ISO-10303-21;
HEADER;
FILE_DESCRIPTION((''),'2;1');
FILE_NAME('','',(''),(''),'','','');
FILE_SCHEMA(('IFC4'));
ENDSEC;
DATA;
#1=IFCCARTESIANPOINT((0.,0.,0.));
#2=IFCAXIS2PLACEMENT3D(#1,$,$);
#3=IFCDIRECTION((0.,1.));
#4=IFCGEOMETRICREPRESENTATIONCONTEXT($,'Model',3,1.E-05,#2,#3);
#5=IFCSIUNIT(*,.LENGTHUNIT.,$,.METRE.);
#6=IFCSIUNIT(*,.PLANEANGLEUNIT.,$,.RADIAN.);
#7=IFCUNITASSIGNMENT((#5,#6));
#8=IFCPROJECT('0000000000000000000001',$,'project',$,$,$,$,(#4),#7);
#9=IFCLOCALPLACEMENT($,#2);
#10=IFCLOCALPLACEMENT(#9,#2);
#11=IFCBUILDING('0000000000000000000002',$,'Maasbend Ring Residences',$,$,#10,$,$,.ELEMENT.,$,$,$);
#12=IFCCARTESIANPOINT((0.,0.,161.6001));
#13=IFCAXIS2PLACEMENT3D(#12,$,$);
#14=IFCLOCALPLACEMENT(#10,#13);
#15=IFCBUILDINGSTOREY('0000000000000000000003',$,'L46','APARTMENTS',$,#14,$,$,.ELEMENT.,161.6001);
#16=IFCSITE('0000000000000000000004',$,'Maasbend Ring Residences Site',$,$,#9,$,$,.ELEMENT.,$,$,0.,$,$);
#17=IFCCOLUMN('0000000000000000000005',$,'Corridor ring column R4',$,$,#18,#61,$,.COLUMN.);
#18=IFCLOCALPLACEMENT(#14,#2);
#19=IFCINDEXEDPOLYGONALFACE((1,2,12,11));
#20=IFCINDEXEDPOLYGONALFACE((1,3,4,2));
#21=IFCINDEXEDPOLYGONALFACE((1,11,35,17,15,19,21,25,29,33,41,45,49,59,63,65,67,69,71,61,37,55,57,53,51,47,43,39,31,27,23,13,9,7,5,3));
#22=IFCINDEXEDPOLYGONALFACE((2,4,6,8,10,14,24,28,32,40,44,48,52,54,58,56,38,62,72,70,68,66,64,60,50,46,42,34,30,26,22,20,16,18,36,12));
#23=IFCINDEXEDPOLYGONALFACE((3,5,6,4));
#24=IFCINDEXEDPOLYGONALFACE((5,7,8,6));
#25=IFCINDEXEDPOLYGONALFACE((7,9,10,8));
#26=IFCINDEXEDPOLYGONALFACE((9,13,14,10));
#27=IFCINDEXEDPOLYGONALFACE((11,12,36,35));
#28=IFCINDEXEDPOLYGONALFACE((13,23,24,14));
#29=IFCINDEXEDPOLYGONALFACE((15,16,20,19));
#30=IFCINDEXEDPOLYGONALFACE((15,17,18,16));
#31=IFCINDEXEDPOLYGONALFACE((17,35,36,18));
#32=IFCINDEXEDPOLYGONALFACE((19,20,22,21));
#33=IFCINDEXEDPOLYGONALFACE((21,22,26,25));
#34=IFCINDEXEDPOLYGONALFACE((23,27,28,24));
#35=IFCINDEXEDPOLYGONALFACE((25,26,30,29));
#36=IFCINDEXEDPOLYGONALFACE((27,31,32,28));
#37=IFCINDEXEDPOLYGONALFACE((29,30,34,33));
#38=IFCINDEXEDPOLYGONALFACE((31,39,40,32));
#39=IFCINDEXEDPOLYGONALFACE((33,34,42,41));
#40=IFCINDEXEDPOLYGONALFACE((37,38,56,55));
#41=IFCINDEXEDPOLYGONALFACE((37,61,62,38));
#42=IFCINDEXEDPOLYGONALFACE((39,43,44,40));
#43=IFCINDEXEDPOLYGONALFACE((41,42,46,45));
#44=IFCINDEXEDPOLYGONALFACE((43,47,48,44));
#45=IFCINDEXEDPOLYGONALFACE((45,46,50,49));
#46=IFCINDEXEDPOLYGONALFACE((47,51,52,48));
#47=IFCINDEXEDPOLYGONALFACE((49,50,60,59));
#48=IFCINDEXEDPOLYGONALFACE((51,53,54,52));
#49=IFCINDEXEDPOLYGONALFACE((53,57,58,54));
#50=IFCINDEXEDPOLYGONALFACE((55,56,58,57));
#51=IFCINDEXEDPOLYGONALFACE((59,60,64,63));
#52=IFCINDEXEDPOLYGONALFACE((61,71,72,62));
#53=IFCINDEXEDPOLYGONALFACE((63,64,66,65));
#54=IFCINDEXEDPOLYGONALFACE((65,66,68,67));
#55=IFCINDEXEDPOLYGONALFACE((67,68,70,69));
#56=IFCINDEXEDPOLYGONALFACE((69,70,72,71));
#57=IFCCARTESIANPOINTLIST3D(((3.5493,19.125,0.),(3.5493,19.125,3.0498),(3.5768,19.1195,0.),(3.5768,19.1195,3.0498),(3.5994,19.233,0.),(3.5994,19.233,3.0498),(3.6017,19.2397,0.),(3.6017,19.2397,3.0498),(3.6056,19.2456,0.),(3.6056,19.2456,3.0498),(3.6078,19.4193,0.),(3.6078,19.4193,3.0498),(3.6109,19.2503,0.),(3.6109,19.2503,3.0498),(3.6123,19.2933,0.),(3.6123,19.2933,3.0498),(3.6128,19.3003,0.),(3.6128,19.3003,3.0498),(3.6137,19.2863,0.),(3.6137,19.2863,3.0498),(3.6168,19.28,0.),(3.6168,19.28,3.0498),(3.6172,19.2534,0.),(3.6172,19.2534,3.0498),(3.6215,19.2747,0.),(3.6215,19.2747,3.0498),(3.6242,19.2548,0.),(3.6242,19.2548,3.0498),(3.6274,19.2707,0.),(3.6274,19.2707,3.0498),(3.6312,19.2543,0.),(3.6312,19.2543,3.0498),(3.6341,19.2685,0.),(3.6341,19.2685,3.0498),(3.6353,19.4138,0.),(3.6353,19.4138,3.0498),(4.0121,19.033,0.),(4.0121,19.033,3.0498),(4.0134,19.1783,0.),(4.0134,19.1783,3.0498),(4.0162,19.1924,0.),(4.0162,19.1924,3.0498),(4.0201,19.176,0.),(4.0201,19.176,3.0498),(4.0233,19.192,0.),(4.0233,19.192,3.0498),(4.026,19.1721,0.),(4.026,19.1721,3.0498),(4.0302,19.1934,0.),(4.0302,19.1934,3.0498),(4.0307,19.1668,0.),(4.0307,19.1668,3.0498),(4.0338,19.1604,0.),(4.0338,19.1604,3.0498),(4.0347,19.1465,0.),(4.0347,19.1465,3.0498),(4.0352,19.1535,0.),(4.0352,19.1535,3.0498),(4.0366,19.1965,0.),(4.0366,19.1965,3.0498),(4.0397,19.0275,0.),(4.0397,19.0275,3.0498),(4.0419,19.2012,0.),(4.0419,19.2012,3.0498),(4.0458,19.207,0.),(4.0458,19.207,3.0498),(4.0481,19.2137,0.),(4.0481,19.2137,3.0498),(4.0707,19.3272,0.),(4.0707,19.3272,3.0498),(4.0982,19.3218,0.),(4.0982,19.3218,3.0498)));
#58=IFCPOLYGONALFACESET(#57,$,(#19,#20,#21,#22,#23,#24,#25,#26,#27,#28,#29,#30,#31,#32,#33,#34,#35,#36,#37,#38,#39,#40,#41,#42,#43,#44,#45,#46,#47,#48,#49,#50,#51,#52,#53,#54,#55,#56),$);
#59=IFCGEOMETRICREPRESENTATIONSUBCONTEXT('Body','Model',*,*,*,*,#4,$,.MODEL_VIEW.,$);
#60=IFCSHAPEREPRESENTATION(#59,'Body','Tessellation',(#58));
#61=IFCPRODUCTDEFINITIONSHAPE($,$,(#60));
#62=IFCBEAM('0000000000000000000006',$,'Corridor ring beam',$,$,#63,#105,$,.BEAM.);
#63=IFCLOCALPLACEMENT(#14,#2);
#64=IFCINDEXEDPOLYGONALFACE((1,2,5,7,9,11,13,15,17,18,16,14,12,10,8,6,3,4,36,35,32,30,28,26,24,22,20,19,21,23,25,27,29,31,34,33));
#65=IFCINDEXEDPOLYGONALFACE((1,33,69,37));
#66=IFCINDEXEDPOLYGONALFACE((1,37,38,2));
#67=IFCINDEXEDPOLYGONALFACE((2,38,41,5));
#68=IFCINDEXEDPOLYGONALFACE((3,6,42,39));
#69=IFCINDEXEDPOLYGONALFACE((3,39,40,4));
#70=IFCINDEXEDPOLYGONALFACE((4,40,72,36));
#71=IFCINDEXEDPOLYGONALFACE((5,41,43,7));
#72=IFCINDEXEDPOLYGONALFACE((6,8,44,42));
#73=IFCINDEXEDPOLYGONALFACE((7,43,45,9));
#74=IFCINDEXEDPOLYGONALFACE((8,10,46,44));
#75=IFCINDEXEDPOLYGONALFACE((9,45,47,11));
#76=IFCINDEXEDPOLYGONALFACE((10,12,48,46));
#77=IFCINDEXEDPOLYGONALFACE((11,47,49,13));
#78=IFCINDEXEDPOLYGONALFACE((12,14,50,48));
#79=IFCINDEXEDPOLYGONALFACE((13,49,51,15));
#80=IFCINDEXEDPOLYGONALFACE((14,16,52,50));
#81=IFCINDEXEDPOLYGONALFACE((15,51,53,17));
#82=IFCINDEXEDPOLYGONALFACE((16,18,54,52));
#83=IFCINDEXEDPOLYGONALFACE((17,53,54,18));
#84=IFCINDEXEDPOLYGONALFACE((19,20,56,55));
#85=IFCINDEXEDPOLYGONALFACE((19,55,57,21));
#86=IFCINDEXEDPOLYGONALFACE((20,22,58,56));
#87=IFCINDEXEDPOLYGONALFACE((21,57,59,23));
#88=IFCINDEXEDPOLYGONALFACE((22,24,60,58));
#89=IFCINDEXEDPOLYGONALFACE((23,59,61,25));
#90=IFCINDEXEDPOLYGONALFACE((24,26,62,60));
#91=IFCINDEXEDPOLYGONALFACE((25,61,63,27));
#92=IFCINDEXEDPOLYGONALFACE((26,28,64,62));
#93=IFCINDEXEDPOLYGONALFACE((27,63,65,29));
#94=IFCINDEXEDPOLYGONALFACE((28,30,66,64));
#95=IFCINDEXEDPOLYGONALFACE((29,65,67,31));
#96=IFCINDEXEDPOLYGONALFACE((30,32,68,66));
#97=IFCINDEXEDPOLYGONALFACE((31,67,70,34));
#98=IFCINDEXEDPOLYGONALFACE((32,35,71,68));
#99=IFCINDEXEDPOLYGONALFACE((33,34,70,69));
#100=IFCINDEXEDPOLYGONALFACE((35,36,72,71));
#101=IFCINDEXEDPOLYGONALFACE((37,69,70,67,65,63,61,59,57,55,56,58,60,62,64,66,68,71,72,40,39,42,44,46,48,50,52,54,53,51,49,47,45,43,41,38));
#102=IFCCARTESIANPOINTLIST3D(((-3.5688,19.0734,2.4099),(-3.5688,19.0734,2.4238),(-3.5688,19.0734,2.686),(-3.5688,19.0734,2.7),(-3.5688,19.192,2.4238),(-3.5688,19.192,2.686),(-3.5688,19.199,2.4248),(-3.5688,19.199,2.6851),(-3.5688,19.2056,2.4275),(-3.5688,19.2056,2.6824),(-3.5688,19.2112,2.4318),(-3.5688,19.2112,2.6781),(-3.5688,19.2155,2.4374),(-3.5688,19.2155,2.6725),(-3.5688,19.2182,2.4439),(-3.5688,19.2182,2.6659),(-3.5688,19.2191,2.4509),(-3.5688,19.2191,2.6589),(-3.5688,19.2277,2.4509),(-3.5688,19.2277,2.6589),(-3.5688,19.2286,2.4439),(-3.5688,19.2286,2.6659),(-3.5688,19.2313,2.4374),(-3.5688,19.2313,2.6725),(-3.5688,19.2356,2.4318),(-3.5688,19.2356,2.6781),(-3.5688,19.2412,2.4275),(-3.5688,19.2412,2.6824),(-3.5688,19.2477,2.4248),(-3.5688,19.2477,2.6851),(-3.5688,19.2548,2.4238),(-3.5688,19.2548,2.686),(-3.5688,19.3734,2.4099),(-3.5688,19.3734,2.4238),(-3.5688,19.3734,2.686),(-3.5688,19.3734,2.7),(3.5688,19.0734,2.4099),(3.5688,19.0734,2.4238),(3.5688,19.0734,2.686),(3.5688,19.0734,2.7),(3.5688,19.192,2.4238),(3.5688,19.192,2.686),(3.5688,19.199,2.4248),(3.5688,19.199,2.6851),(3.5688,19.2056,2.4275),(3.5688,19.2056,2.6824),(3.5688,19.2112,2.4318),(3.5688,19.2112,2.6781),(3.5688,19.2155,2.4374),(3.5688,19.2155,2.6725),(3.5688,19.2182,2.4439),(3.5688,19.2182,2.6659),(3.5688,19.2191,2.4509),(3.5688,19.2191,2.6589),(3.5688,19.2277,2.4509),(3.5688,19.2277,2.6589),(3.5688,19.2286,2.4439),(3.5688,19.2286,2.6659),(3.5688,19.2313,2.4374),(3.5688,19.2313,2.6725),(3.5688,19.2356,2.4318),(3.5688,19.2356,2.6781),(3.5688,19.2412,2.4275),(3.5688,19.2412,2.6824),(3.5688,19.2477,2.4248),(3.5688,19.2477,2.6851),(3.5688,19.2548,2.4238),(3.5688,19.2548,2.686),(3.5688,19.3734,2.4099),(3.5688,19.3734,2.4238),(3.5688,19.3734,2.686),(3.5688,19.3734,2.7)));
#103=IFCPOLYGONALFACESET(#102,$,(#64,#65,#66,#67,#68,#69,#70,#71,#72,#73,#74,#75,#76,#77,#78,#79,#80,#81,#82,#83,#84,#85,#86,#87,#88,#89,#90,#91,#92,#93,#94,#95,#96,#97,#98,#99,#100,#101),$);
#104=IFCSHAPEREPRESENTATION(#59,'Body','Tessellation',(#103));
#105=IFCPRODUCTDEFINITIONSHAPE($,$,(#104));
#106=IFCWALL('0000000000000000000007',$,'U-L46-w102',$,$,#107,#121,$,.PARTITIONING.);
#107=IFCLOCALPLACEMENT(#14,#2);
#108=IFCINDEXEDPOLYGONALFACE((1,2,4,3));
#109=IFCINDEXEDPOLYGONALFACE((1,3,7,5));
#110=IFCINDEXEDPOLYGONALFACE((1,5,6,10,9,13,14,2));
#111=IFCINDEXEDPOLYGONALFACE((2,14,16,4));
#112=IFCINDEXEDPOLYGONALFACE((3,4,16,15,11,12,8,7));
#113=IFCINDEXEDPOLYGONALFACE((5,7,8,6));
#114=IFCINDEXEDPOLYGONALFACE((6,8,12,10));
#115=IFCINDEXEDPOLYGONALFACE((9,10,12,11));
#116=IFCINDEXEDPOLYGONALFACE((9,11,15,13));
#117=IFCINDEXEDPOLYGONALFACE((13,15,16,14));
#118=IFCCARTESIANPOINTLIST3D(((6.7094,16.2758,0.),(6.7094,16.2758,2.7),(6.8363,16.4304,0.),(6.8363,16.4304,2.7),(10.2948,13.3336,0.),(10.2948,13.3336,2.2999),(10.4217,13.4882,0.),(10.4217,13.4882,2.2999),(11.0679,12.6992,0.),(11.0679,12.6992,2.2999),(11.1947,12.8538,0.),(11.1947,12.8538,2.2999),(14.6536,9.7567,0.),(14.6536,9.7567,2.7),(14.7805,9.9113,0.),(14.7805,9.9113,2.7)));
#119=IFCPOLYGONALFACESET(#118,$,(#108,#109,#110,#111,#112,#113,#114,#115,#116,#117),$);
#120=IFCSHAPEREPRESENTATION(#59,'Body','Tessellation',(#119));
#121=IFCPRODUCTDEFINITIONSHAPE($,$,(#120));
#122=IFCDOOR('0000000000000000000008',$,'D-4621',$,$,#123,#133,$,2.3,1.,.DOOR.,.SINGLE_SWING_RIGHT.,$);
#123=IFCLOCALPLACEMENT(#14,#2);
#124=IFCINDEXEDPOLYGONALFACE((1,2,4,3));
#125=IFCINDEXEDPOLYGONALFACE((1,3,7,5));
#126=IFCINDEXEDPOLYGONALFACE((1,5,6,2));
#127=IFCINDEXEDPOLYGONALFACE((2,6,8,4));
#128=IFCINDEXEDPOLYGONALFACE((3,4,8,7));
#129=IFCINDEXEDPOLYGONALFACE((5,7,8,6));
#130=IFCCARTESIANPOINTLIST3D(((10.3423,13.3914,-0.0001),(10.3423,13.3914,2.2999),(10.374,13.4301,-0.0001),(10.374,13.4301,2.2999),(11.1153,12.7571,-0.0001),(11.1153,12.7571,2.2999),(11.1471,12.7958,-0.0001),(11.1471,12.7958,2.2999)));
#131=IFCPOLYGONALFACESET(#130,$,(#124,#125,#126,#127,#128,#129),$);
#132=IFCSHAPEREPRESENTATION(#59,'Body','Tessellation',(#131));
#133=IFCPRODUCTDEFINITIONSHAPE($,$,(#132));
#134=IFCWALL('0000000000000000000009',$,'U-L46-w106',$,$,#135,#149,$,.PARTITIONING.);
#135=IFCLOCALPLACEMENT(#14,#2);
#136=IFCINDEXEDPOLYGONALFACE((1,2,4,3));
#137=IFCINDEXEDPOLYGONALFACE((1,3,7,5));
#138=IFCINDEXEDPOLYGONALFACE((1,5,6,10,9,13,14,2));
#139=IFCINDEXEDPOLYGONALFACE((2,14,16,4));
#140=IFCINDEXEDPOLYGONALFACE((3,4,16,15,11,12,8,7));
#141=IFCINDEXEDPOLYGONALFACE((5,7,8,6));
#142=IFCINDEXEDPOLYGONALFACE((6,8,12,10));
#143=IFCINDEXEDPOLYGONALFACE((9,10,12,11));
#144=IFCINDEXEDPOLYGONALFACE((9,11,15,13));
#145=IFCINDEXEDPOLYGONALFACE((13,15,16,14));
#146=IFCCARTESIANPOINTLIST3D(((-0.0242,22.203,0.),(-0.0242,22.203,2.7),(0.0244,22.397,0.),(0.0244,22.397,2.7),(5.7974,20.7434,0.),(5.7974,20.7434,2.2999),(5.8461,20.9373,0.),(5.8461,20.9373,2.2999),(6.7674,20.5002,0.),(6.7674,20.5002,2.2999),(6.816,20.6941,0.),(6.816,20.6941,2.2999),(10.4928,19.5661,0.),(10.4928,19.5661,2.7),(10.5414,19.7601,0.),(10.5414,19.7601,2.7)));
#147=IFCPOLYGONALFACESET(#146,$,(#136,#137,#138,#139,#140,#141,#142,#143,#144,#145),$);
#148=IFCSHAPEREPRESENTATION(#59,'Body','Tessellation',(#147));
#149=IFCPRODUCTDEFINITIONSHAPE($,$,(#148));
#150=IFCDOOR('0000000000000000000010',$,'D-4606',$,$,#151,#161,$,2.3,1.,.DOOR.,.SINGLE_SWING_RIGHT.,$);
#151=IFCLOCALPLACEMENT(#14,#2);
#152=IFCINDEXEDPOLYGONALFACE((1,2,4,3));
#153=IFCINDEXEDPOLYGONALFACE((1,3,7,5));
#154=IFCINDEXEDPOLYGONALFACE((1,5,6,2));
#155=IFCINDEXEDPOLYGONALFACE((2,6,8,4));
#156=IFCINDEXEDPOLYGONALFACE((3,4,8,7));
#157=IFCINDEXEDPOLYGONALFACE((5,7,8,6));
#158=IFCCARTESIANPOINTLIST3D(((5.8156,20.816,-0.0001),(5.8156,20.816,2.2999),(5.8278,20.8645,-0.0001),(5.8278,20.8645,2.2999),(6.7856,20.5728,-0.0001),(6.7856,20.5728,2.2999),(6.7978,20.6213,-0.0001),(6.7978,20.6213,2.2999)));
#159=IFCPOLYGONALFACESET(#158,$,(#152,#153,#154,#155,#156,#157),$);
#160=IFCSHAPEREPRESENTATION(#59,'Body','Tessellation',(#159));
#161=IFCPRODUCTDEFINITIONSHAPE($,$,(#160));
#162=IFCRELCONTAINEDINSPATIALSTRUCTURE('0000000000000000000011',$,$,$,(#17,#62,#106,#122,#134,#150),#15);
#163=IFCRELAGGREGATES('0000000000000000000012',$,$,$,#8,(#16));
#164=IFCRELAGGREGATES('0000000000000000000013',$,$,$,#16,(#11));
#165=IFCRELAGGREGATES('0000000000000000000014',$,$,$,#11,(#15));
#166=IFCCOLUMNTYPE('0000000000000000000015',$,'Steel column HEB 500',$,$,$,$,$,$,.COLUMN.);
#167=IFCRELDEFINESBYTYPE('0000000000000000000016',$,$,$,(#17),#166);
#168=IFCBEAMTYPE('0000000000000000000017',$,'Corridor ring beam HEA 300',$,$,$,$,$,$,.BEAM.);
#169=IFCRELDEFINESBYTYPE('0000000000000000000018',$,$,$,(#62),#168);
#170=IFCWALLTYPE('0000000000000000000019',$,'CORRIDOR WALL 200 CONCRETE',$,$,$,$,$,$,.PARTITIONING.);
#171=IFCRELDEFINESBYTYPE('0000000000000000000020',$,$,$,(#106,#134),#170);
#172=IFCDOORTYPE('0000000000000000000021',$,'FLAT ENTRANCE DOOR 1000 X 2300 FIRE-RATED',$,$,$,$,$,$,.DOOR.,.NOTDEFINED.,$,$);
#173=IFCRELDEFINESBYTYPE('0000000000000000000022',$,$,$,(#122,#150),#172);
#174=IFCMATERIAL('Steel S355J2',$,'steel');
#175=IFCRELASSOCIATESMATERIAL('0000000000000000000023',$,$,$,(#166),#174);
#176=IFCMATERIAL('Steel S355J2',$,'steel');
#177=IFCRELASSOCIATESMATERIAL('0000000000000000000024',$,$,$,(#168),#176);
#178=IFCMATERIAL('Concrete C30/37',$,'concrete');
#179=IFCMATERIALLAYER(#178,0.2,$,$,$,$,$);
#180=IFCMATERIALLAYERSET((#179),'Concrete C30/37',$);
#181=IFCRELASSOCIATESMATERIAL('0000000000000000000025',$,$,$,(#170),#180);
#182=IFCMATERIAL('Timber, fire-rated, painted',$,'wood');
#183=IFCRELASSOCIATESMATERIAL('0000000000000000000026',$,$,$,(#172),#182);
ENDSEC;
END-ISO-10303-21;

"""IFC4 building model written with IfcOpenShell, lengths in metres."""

from ifc_helpers import new_model, si_unit, direction, frame, frame_2d, origin, origin_2d, place, context, subcontext, project, spatial, rectangle, i_section, extrude, material, layer, layer_set, material_profile, profile_set, type_object, element, fill, save


model = new_model("IFC4")

# Units and contexts
model_context = context("Model", 3, precision=1e-05, world=origin(), true_north=direction((0.0, 1.0)))
body_context = subcontext(model_context, "Body", "Model", "MODEL_VIEW")
ifc_project = project(units=[si_unit("LENGTHUNIT", "METRE"), si_unit("PLANEANGLEUNIT", "RADIAN")], contexts=[model_context])

# Site, building, storey
site_placement = place(None, origin())
site = spatial("IfcSite", under=ifc_project, at=site_placement, Name="Maasbend Ring Residences Site", CompositionType="ELEMENT", RefElevation=0.0)
building_placement = place(site_placement, origin())
building = spatial("IfcBuilding", under=site, at=building_placement, Name="Maasbend Ring Residences", CompositionType="ELEMENT")
storey_placement = place(building_placement, frame((0.0, 0.0, 161.6001)))
storey = spatial("IfcBuildingStorey", under=building, at=storey_placement, Name="L46", Description="APARTMENTS", CompositionType="ELEMENT", Elevation=161.6001)

# Column
ifc_material_1 = material(Name="Steel S355J2", Category="steel")
ifc_material_profile_1 = material_profile(ifc_material_1, i_section(OverallWidth=0.3, OverallDepth=0.5, WebThickness=0.0144, FlangeThickness=0.0281, FilletRadius=0.0271, at=origin_2d()), Name="HEB 500")
ifc_profile_set_1 = profile_set([ifc_material_profile_1], Name="Steel S355J2")
column_type = type_object("IfcColumnType", Name="Steel column HEB 500", PredefinedType="COLUMN", material=ifc_profile_set_1)
column_placement = place(storey_placement, frame((3.8237, 19.2234, 0.0), z_axis=(0.0, 0.0, 1.0), x_axis=(0.19509, 0.980785, 0.0)))
element("IfcColumn", 1, at=column_placement, inside=storey, type_object=column_type, Name="Corridor ring column R4", PredefinedType="COLUMN", context=body_context, shape_type="SweptSolid", body=[
    extrude(i_section(OverallWidth=0.3, OverallDepth=0.5, WebThickness=0.0144, FlangeThickness=0.0281, FilletRadius=0.0271, at=origin_2d()), origin(), (0.0, 0.0, 1.0), 3.0498),
])

# Beam
ifc_material_2 = material(Name="Steel S355J2", Category="steel")
ifc_material_profile_2 = material_profile(ifc_material_2, i_section(OverallWidth=0.3, OverallDepth=0.29, WebThickness=0.0085, FlangeThickness=0.0139, FilletRadius=0.0271, at=origin_2d()), Name="HEA 300")
ifc_profile_set_2 = profile_set([ifc_material_profile_2], Name="Steel S355J2")
beam_type = type_object("IfcBeamType", Name="Corridor ring beam HEA 300", PredefinedType="BEAM", material=ifc_profile_set_2)
beam_placement = place(storey_placement, frame((3.5688, 19.2234, 2.5549), z_axis=(-1.0, 0.0, 0.0), x_axis=(0.0, -1.0, 0.0)))
element("IfcBeam", 2, at=beam_placement, inside=storey, type_object=beam_type, Name="Corridor ring beam", PredefinedType="BEAM", context=body_context, shape_type="SweptSolid", body=[
    extrude(i_section(OverallWidth=0.3, OverallDepth=0.29, WebThickness=0.0085, FlangeThickness=0.0139, FilletRadius=0.0271, at=origin_2d()), origin(), (0.0, 0.0, 1.0), 7.1377),
])

# Walls, openings, doors
ifc_material_3 = material(Name="Concrete C30/37", Category="concrete")
ifc_layer_1 = layer(ifc_material_3, 0.2)
ifc_layer_set_1 = layer_set([ifc_layer_1], Name="Concrete C30/37")
wall_type_1 = type_object("IfcWallType", Name="CORRIDOR WALL 200 CONCRETE", PredefinedType="PARTITIONING", material=ifc_layer_set_1)
wall_1_placement = place(storey_placement, frame((6.7729, 16.353, 0.0), z_axis=(0.0, 0.0, 1.0), x_axis=(0.773035, -0.634364, 0.0)))
wall_1 = element("IfcWall", 3, at=wall_1_placement, inside=storey, type_object=wall_type_1, Name="U-L46-w102", PredefinedType="PARTITIONING", context=body_context, shape_type="SweptSolid", body=[
    extrude(rectangle(XDim=10.2766, YDim=0.2, at=frame_2d((5.1382, 0.0))), origin(), (0.0, 0.0, 1.0), 2.7),
])
opening_1_placement = place(wall_1_placement, frame((4.6379, 0.0, 0.0)))
opening_1 = element("IfcOpeningElement", 4, at=opening_1_placement, cuts=wall_1, PredefinedType="OPENING", context=body_context, shape_type="SweptSolid", body=[
    extrude(rectangle(XDim=1.0, YDim=2.3, at=frame_2d((0.5, 1.1499))), frame((0.0, 0.1099, 0.0), z_axis=(0.0, -1.0, 0.0), x_axis=(1.0, 0.0, 0.0)), (0.0, 0.0, 1.0), 0.22),
])
ifc_material_4 = material(Name="Timber, fire-rated, painted", Category="wood")
door_type_1 = type_object("IfcDoorType", Name="FLAT ENTRANCE DOOR 1000 X 2300 FIRE-RATED", OperationType="NOTDEFINED", PredefinedType="DOOR", material=ifc_material_4)
door_1_placement = place(opening_1_placement, origin())
door_1 = element("IfcDoor", 5, at=door_1_placement, inside=storey, type_object=door_type_1, Name="D-4621", OperationType="SINGLE_SWING_RIGHT", OverallHeight=2.3, OverallWidth=1.0, PredefinedType="DOOR", context=body_context, shape_type="SweptSolid", body=[
    extrude(rectangle(XDim=1.0, YDim=2.3, at=frame_2d((0.5, 1.1499))), frame((0.0, 0.0249, 0.0), z_axis=(0.0, -1.0, 0.0), x_axis=(1.0, 0.0, 0.0)), (0.0, 0.0, 1.0), 0.05),
])
fill(opening_1, door_1)
wall_2_placement = place(storey_placement, frame((0.0, 22.3, 0.0), z_axis=(0.0, 0.0, 1.0), x_axis=(0.969975, -0.243203, 0.0)))
wall_2 = element("IfcWall", 6, at=wall_2_placement, inside=storey, type_object=wall_type_1, Name="U-L46-w106", PredefinedType="PARTITIONING", context=body_context, shape_type="SweptSolid", body=[
    extrude(rectangle(XDim=10.8425, YDim=0.2, at=frame_2d((5.4214, 0.0))), origin(), (0.0, 0.0, 1.0), 2.7),
])
opening_2_placement = place(wall_2_placement, frame((6.002, 0.0, 0.0)))
opening_2 = element("IfcOpeningElement", 7, at=opening_2_placement, cuts=wall_2, PredefinedType="OPENING", context=body_context, shape_type="SweptSolid", body=[
    extrude(rectangle(XDim=1.0, YDim=2.3, at=frame_2d((0.5, 1.1499))), frame((0.0, 0.1099, 0.0), z_axis=(0.0, -1.0, 0.0), x_axis=(1.0, 0.0, 0.0)), (0.0, 0.0, 1.0), 0.22),
])
door_2_placement = place(opening_2_placement, origin())
door_2 = element("IfcDoor", 8, at=door_2_placement, inside=storey, type_object=door_type_1, Name="D-4606", OperationType="SINGLE_SWING_RIGHT", OverallHeight=2.3, OverallWidth=1.0, PredefinedType="DOOR", context=body_context, shape_type="SweptSolid", body=[
    extrude(rectangle(XDim=1.0, YDim=2.3, at=frame_2d((0.5, 1.1499))), frame((0.0, 0.0249, 0.0), z_axis=(0.0, -1.0, 0.0), x_axis=(1.0, 0.0, 0.0)), (0.0, 0.0, 1.0), 0.05),
])
fill(opening_2, door_2)

save(model, "model.ifc")
